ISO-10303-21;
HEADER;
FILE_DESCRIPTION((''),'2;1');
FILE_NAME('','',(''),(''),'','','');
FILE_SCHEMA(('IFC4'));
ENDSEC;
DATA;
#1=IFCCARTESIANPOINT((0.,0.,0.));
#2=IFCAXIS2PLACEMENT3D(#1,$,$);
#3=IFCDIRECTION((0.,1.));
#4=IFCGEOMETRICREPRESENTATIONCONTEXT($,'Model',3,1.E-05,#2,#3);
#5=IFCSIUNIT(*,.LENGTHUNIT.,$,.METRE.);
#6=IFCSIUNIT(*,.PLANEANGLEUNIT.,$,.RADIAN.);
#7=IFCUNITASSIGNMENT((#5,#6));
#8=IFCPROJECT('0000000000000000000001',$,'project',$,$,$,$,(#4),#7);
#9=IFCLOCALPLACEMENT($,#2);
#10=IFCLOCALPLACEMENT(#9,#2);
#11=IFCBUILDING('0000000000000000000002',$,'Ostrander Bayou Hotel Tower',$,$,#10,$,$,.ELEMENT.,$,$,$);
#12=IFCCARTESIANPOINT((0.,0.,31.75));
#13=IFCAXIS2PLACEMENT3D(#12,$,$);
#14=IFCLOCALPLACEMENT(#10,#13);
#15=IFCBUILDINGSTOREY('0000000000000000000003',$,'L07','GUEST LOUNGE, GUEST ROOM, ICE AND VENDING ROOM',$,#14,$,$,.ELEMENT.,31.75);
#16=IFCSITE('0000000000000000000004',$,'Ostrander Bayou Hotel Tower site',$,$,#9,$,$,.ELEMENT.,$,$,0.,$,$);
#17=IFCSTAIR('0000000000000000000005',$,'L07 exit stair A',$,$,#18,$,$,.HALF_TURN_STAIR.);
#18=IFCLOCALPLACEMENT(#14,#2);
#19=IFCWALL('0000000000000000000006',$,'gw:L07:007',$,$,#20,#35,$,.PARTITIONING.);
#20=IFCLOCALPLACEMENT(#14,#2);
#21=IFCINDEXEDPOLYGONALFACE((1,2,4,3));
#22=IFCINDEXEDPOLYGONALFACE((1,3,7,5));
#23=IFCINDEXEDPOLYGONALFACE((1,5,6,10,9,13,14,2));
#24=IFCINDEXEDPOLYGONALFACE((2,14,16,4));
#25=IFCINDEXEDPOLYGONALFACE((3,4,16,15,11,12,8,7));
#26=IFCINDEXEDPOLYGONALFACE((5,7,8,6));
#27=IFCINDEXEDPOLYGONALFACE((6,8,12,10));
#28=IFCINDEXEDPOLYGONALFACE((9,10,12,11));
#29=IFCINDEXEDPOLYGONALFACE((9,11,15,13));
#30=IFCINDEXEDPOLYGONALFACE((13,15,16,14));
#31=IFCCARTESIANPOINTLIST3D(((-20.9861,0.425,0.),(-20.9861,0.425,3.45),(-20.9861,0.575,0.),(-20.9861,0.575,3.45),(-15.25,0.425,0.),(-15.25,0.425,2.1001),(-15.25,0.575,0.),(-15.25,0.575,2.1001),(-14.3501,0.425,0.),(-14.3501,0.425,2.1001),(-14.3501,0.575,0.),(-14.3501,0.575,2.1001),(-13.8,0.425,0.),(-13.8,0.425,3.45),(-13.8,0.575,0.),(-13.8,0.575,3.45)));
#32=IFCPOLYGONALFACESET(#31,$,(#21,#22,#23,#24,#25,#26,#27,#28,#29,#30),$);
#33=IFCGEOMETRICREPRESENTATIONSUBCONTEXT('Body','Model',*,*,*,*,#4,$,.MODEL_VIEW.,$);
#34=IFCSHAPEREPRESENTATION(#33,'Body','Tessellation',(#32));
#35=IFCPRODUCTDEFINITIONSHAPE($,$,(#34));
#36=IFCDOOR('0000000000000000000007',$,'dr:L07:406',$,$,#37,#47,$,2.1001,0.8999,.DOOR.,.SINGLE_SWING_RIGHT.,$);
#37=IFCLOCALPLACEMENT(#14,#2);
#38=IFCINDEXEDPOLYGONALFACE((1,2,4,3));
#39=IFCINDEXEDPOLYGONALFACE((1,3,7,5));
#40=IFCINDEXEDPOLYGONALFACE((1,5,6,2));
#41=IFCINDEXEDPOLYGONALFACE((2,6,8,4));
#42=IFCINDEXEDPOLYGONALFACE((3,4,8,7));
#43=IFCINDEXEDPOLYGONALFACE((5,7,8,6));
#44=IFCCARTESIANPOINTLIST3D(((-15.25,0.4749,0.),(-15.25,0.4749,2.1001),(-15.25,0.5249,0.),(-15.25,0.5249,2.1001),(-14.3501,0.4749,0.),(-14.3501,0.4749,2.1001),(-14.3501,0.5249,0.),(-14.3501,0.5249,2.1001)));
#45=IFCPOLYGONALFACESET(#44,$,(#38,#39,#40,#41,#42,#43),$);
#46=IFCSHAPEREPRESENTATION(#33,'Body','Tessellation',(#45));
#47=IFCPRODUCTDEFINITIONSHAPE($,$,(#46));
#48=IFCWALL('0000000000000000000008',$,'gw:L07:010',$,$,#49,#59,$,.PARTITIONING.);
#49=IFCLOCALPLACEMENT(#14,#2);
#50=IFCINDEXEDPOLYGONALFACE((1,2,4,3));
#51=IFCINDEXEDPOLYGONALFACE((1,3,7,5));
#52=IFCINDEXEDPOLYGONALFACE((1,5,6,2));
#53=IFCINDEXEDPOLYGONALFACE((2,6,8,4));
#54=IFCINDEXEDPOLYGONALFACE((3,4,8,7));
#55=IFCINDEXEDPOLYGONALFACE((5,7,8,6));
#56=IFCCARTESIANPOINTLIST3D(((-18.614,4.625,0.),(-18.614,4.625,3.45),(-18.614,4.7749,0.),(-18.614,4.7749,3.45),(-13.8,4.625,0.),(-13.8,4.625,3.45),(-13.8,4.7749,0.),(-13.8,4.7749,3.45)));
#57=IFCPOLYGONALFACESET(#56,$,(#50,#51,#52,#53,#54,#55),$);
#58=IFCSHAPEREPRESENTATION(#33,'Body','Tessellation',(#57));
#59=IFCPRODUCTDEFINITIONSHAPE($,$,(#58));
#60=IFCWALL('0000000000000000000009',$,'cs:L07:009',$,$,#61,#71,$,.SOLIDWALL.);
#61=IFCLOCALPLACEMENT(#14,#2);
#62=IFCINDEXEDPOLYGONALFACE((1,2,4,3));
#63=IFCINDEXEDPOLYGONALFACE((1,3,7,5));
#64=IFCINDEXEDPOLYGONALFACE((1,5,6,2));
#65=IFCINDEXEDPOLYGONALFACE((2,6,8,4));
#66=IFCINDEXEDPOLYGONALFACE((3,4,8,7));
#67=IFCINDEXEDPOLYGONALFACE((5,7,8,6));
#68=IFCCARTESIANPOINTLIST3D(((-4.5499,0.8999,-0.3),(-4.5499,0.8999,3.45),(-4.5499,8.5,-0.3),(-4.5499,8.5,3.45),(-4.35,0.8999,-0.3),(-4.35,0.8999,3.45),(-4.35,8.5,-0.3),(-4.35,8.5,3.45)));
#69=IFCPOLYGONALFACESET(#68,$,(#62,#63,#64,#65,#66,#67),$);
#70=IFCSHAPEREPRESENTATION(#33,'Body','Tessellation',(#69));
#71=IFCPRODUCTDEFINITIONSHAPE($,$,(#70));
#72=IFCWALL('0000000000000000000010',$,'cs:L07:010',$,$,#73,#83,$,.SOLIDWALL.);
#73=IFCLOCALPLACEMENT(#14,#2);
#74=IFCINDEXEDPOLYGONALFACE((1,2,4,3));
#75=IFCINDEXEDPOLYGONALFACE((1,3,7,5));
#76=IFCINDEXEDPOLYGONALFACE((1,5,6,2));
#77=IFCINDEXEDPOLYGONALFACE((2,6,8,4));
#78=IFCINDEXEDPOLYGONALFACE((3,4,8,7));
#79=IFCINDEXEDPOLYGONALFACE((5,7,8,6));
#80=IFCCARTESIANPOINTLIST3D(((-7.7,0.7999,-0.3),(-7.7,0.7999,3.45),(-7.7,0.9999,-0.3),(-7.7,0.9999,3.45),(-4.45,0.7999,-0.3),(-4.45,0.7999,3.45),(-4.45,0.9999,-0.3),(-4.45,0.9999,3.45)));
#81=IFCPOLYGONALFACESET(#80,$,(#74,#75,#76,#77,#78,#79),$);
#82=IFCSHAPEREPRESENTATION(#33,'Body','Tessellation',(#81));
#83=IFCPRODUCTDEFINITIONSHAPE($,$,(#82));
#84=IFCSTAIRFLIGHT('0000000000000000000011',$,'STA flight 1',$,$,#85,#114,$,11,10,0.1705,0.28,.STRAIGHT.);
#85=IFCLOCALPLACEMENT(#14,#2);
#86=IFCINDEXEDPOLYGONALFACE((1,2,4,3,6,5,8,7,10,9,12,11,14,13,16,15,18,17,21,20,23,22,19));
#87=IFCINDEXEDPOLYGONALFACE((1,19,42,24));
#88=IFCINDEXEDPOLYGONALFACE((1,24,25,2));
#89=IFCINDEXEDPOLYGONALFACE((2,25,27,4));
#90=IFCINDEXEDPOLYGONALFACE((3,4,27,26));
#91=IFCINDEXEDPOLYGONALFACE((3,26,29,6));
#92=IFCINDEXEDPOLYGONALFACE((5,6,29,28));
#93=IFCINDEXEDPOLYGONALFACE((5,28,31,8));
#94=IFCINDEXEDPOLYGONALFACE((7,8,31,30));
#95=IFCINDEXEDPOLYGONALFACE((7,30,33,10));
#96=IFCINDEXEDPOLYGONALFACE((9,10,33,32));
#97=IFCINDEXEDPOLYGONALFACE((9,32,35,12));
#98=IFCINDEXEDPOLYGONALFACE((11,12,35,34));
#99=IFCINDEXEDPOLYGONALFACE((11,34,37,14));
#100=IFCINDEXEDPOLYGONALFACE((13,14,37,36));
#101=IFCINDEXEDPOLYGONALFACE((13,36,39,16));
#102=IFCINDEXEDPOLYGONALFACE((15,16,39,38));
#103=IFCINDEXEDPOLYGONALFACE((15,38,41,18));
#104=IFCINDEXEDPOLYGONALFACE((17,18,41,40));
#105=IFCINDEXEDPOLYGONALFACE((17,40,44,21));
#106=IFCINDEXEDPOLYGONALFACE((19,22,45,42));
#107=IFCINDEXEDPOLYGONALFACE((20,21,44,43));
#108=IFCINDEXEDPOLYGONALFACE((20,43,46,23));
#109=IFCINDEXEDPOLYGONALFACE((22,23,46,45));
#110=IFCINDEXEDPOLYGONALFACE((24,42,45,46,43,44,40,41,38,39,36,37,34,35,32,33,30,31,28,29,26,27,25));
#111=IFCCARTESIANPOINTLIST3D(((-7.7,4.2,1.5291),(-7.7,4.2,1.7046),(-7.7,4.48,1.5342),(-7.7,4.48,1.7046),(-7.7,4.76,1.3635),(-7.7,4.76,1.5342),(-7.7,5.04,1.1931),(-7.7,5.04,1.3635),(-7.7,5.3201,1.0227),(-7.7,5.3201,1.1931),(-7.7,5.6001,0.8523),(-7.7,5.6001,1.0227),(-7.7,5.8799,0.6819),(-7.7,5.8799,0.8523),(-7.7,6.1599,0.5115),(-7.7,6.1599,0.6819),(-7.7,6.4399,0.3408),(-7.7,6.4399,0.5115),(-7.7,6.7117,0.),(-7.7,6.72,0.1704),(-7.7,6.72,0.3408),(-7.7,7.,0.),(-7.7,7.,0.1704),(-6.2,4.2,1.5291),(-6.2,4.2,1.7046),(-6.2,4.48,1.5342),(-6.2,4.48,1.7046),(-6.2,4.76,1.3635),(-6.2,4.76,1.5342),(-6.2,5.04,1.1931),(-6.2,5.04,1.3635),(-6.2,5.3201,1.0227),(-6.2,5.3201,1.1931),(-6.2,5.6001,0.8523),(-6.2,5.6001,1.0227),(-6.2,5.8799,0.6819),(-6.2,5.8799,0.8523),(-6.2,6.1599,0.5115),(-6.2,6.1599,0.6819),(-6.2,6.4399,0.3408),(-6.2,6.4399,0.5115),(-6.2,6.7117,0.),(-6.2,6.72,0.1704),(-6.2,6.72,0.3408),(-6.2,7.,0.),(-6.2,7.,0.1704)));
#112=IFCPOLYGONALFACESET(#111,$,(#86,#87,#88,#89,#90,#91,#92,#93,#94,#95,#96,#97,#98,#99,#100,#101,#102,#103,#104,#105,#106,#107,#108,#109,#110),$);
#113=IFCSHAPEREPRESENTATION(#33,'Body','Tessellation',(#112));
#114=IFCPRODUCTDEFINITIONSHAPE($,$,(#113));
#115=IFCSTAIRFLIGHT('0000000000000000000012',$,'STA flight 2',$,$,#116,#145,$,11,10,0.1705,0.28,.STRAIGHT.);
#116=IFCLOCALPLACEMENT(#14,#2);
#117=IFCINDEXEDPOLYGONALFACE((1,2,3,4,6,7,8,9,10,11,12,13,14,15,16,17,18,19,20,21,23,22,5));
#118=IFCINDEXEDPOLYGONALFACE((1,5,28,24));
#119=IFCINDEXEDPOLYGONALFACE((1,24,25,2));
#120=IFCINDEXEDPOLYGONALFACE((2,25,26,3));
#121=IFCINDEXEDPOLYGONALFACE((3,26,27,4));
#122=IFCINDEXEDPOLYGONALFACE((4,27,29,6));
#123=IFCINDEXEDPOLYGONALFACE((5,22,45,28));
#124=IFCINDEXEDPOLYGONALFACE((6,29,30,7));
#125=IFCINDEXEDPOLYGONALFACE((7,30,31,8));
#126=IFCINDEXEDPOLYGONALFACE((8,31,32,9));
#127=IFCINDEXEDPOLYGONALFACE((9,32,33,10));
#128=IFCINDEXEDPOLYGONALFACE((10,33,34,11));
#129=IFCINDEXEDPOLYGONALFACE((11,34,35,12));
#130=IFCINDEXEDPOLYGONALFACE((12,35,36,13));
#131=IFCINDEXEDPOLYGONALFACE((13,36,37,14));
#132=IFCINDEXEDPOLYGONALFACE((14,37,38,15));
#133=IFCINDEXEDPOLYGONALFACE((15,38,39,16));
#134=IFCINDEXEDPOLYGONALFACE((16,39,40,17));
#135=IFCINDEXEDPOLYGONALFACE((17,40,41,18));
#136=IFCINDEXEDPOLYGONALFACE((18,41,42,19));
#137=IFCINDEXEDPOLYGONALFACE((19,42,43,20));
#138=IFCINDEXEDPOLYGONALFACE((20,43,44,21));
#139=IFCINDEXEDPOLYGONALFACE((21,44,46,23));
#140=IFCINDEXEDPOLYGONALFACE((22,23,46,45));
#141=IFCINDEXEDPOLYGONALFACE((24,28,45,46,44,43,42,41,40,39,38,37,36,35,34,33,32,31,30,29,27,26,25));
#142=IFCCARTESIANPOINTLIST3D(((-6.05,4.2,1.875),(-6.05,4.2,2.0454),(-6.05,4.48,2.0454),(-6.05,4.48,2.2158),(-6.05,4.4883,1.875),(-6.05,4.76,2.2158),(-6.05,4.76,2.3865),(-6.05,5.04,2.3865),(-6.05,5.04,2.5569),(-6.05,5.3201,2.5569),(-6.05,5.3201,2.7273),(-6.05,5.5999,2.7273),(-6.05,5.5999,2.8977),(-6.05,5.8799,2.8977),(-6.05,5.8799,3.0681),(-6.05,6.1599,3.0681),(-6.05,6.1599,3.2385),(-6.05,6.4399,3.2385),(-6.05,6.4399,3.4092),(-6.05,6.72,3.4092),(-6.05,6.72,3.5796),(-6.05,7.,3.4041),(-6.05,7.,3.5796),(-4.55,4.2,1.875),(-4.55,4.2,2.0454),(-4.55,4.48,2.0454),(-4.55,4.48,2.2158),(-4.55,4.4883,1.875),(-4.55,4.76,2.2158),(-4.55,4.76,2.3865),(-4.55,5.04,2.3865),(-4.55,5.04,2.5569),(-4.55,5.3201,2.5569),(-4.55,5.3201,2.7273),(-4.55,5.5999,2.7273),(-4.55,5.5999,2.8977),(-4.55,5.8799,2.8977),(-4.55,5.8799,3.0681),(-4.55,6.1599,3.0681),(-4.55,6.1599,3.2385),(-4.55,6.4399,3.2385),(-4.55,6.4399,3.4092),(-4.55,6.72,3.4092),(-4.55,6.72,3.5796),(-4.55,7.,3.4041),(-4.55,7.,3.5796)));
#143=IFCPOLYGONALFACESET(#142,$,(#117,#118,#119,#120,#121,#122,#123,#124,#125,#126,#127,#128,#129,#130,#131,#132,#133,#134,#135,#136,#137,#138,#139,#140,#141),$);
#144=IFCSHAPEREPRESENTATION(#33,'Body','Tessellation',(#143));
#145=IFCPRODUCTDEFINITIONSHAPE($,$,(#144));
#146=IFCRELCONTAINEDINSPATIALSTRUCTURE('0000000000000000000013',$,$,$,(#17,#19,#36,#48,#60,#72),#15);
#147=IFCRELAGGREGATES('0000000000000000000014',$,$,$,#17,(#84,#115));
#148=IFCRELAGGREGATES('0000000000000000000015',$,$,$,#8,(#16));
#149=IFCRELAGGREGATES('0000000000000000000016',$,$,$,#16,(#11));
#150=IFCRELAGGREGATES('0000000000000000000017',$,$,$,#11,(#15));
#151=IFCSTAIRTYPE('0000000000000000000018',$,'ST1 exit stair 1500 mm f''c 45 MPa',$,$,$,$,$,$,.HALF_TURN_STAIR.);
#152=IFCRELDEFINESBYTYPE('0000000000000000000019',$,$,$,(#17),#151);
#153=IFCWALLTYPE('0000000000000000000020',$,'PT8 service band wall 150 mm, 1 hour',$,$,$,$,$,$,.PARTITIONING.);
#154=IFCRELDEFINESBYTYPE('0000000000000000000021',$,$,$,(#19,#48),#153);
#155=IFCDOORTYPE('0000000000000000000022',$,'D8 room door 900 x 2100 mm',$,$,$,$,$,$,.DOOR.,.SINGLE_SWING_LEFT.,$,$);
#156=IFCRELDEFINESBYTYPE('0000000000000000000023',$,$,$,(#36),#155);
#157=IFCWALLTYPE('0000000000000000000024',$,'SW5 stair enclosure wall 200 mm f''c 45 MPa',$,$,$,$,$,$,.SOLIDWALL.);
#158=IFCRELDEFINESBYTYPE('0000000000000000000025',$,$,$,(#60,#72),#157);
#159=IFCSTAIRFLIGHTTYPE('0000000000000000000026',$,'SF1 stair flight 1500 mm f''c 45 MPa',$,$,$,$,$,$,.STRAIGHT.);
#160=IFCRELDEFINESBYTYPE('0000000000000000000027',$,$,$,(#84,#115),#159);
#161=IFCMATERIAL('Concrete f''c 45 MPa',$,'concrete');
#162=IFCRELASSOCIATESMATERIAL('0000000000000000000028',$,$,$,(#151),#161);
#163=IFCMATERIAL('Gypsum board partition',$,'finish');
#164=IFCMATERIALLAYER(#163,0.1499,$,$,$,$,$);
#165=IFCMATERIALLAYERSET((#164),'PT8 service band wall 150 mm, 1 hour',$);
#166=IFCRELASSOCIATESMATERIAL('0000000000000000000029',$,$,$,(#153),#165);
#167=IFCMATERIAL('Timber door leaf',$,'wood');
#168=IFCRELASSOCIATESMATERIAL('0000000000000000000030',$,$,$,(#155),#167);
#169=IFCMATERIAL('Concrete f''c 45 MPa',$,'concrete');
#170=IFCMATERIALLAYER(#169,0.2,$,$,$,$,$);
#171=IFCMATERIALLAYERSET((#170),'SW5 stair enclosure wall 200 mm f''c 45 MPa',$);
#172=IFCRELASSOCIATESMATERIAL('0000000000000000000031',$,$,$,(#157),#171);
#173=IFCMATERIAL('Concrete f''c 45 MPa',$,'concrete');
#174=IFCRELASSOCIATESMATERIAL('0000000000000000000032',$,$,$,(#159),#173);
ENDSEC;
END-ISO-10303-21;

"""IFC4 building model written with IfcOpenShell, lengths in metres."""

from ifc_helpers import new_model, si_unit, direction, frame, frame_2d, origin, place, context, subcontext, project, spatial, polyline, rectangle, outline, extrude, material, layer, layer_set, type_object, element, fill, aggregate, save


model = new_model("IFC4")

# Units and contexts
model_context = context("Model", 3, precision=1e-05, world=origin(), true_north=direction((0.0, 1.0)))
body_context = subcontext(model_context, "Body", "Model", "MODEL_VIEW")
ifc_project = project(units=[si_unit("LENGTHUNIT", "METRE"), si_unit("PLANEANGLEUNIT", "RADIAN")], contexts=[model_context])

# Site, building, storey
site_placement = place(None, origin())
site = spatial("IfcSite", under=ifc_project, at=site_placement, Name="Ostrander Bayou Hotel Tower site", CompositionType="ELEMENT", RefElevation=0.0)
building_placement = place(site_placement, origin())
building = spatial("IfcBuilding", under=site, at=building_placement, Name="Ostrander Bayou Hotel Tower", CompositionType="ELEMENT")
storey_placement = place(building_placement, frame((0.0, 0.0, 31.75)))
storey = spatial("IfcBuildingStorey", under=building, at=storey_placement, Name="L07", Description="GUEST LOUNGE, GUEST ROOM, ICE AND VENDING ROOM", CompositionType="ELEMENT", Elevation=31.75)

# Stair
ifc_material_1 = material(Name="Concrete f'c 45 MPa", Category="concrete")
stair_type = type_object("IfcStairType", Name="ST1 exit stair 1500 mm f'c 45 MPa", PredefinedType="HALF_TURN_STAIR", material=ifc_material_1)
stair_placement = place(storey_placement, origin())
stair = element("IfcStair", 1, at=stair_placement, inside=storey, type_object=stair_type, Name="L07 exit stair A", PredefinedType="HALF_TURN_STAIR")

# Wall, opening, door
ifc_material_2 = material(Name="Gypsum board partition", Category="finish")
ifc_layer_1 = layer(ifc_material_2, 0.1499)
ifc_layer_set_1 = layer_set([ifc_layer_1], Name="PT8 service band wall 150 mm, 1 hour")
wall_type_1 = type_object("IfcWallType", Name="PT8 service band wall 150 mm, 1 hour", PredefinedType="PARTITIONING", material=ifc_layer_set_1)
wall_1_placement = place(storey_placement, frame((-20.9861, 0.5, 0.0), z_axis=(0.0, 0.0, 1.0), x_axis=(1.0, 0.0, 0.0)))
wall_1 = element("IfcWall", 2, at=wall_1_placement, inside=storey, type_object=wall_type_1, Name="gw:L07:007", PredefinedType="PARTITIONING", context=body_context, shape_type="SweptSolid", body=[
    extrude(rectangle(XDim=7.186, YDim=0.1499, at=frame_2d((3.593, 0.0))), origin(), (0.0, 0.0, 1.0), 3.45),
])
opening_1_placement = place(wall_1_placement, frame((5.7361, 0.0, 0.0)))
opening_1 = element("IfcOpeningElement", 3, at=opening_1_placement, cuts=wall_1, PredefinedType="OPENING", context=body_context, shape_type="SweptSolid", body=[
    extrude(rectangle(XDim=0.8999, YDim=2.1001, at=frame_2d((0.45, 1.05))), frame((0.0, 0.075, 0.0), z_axis=(0.0, -1.0, 0.0), x_axis=(1.0, 0.0, 0.0)), (0.0, 0.0, 1.0), 0.1499),
])
ifc_material_3 = material(Name="Timber door leaf", Category="wood")
door_type_1 = type_object("IfcDoorType", Name="D8 room door 900 x 2100 mm", OperationType="SINGLE_SWING_LEFT", PredefinedType="DOOR", material=ifc_material_3)
door_1_placement = place(opening_1_placement, origin())
door_1 = element("IfcDoor", 4, at=door_1_placement, inside=storey, type_object=door_type_1, Name="dr:L07:406", OperationType="SINGLE_SWING_RIGHT", OverallHeight=2.1001, OverallWidth=0.8999, PredefinedType="DOOR", context=body_context, shape_type="SweptSolid", body=[
    extrude(rectangle(XDim=0.8999, YDim=2.1001, at=frame_2d((0.45, 1.05))), frame((0.0, 0.0249, 0.0), z_axis=(0.0, -1.0, 0.0), x_axis=(1.0, 0.0, 0.0)), (0.0, 0.0, 1.0), 0.05),
])
fill(opening_1, door_1)

# Walls
wall_2_placement = place(storey_placement, frame((-18.614, 4.7, 0.0), z_axis=(0.0, 0.0, 1.0), x_axis=(1.0, 0.0, 0.0)))
element("IfcWall", 5, at=wall_2_placement, inside=storey, type_object=wall_type_1, Name="gw:L07:010", PredefinedType="PARTITIONING", context=body_context, shape_type="SweptSolid", body=[
    extrude(rectangle(XDim=4.814, YDim=0.1499, at=frame_2d((2.407, 0.0))), origin(), (0.0, 0.0, 1.0), 3.45),
])
ifc_material_4 = material(Name="Concrete f'c 45 MPa", Category="concrete")
ifc_layer_2 = layer(ifc_material_4, 0.2)
ifc_layer_set_2 = layer_set([ifc_layer_2], Name="SW5 stair enclosure wall 200 mm f'c 45 MPa")
wall_type_2 = type_object("IfcWallType", Name="SW5 stair enclosure wall 200 mm f'c 45 MPa", PredefinedType="SOLIDWALL", material=ifc_layer_set_2)
wall_3_placement = place(storey_placement, frame((-4.45, 0.8999, -0.3), z_axis=(0.0, 0.0, 1.0), x_axis=(0.0, 1.0, 0.0)))
element("IfcWall", 6, at=wall_3_placement, inside=storey, type_object=wall_type_2, Name="cs:L07:009", PredefinedType="SOLIDWALL", context=body_context, shape_type="SweptSolid", body=[
    extrude(rectangle(XDim=7.6001, YDim=0.2, at=frame_2d((3.8, 0.0))), origin(), (0.0, 0.0, 1.0), 3.75),
])
wall_4_placement = place(storey_placement, frame((-7.7, 0.8999, -0.3), z_axis=(0.0, 0.0, 1.0), x_axis=(1.0, 0.0, 0.0)))
element("IfcWall", 7, at=wall_4_placement, inside=storey, type_object=wall_type_2, Name="cs:L07:010", PredefinedType="SOLIDWALL", context=body_context, shape_type="SweptSolid", body=[
    extrude(rectangle(XDim=3.25, YDim=0.2, at=frame_2d((1.625, 0.0))), origin(), (0.0, 0.0, 1.0), 3.75),
])

# Stair flights
ifc_material_5 = material(Name="Concrete f'c 45 MPa", Category="concrete")
stair_flight_type = type_object("IfcStairFlightType", Name="SF1 stair flight 1500 mm f'c 45 MPa", PredefinedType="STRAIGHT", material=ifc_material_5)
stair_flight_1_placement = place(storey_placement, frame((-6.95, 7.0, 0.0), z_axis=(0.0, 0.0, 1.0), x_axis=(0.0, -1.0, 0.0)))
stair_flight_1 = element("IfcStairFlight", 8, at=stair_flight_1_placement, type_object=stair_flight_type, Name="STA flight 1", NumberOfRisers=11, NumberOfTreads=10, PredefinedType="STRAIGHT", RiserHeight=0.1705, TreadLength=0.28, context=body_context, shape_type="SweptSolid", body=[
    extrude(outline(polyline([(0.0, 0.0), (0.0, 0.1704), (0.28, 0.1704), (0.28, 0.3408), (0.5601, 0.3408), (0.5601, 0.5115), (0.8401, 0.5115), (0.8401, 0.6819), (1.1201, 0.6819), (1.1201, 0.8523), (1.3999, 0.8523), (1.3999, 1.0227), (1.6799, 1.0227), (1.6799, 1.1931), (1.96, 1.1931), (1.96, 1.3635), (2.24, 1.3635), (2.24, 1.5342), (2.52, 1.5342), (2.52, 1.7046), (2.8, 1.7046), (2.8, 1.875), (2.8, 1.5291), (0.2883, 0.0), (0.0, 0.0)])), frame((0.0, 0.75, 0.0), z_axis=(0.0, -1.0, 0.0), x_axis=(1.0, 0.0, 0.0)), (0.0, 0.0, 1.0), 1.5),
])
stair_flight_2_placement = place(storey_placement, frame((-5.3, 4.2, 1.875), z_axis=(0.0, 0.0, 1.0), x_axis=(0.0, 1.0, 0.0)))
stair_flight_2 = element("IfcStairFlight", 9, at=stair_flight_2_placement, type_object=stair_flight_type, Name="STA flight 2", NumberOfRisers=11, NumberOfTreads=10, PredefinedType="STRAIGHT", RiserHeight=0.1705, TreadLength=0.28, context=body_context, shape_type="SweptSolid", body=[
    extrude(outline(polyline([(0.0, 0.0), (0.0, 0.1704), (0.28, 0.1704), (0.28, 0.3408), (0.5601, 0.3408), (0.5601, 0.5115), (0.8401, 0.5115), (0.8401, 0.6819), (1.1201, 0.6819), (1.1201, 0.8523), (1.3999, 0.8523), (1.3999, 1.0227), (1.6799, 1.0227), (1.6799, 1.1931), (1.96, 1.1931), (1.96, 1.3635), (2.24, 1.3635), (2.24, 1.5342), (2.52, 1.5342), (2.52, 1.7046), (2.8, 1.7046), (2.8, 1.875), (2.8, 1.5291), (0.2883, 0.0), (0.0, 0.0)])), frame((0.0, 0.75, 0.0), z_axis=(0.0, -1.0, 0.0), x_axis=(1.0, 0.0, 0.0)), (0.0, 0.0, 1.0), 1.5),
])
aggregate(stair, [stair_flight_1, stair_flight_2])

save(model, "model.ifc")
